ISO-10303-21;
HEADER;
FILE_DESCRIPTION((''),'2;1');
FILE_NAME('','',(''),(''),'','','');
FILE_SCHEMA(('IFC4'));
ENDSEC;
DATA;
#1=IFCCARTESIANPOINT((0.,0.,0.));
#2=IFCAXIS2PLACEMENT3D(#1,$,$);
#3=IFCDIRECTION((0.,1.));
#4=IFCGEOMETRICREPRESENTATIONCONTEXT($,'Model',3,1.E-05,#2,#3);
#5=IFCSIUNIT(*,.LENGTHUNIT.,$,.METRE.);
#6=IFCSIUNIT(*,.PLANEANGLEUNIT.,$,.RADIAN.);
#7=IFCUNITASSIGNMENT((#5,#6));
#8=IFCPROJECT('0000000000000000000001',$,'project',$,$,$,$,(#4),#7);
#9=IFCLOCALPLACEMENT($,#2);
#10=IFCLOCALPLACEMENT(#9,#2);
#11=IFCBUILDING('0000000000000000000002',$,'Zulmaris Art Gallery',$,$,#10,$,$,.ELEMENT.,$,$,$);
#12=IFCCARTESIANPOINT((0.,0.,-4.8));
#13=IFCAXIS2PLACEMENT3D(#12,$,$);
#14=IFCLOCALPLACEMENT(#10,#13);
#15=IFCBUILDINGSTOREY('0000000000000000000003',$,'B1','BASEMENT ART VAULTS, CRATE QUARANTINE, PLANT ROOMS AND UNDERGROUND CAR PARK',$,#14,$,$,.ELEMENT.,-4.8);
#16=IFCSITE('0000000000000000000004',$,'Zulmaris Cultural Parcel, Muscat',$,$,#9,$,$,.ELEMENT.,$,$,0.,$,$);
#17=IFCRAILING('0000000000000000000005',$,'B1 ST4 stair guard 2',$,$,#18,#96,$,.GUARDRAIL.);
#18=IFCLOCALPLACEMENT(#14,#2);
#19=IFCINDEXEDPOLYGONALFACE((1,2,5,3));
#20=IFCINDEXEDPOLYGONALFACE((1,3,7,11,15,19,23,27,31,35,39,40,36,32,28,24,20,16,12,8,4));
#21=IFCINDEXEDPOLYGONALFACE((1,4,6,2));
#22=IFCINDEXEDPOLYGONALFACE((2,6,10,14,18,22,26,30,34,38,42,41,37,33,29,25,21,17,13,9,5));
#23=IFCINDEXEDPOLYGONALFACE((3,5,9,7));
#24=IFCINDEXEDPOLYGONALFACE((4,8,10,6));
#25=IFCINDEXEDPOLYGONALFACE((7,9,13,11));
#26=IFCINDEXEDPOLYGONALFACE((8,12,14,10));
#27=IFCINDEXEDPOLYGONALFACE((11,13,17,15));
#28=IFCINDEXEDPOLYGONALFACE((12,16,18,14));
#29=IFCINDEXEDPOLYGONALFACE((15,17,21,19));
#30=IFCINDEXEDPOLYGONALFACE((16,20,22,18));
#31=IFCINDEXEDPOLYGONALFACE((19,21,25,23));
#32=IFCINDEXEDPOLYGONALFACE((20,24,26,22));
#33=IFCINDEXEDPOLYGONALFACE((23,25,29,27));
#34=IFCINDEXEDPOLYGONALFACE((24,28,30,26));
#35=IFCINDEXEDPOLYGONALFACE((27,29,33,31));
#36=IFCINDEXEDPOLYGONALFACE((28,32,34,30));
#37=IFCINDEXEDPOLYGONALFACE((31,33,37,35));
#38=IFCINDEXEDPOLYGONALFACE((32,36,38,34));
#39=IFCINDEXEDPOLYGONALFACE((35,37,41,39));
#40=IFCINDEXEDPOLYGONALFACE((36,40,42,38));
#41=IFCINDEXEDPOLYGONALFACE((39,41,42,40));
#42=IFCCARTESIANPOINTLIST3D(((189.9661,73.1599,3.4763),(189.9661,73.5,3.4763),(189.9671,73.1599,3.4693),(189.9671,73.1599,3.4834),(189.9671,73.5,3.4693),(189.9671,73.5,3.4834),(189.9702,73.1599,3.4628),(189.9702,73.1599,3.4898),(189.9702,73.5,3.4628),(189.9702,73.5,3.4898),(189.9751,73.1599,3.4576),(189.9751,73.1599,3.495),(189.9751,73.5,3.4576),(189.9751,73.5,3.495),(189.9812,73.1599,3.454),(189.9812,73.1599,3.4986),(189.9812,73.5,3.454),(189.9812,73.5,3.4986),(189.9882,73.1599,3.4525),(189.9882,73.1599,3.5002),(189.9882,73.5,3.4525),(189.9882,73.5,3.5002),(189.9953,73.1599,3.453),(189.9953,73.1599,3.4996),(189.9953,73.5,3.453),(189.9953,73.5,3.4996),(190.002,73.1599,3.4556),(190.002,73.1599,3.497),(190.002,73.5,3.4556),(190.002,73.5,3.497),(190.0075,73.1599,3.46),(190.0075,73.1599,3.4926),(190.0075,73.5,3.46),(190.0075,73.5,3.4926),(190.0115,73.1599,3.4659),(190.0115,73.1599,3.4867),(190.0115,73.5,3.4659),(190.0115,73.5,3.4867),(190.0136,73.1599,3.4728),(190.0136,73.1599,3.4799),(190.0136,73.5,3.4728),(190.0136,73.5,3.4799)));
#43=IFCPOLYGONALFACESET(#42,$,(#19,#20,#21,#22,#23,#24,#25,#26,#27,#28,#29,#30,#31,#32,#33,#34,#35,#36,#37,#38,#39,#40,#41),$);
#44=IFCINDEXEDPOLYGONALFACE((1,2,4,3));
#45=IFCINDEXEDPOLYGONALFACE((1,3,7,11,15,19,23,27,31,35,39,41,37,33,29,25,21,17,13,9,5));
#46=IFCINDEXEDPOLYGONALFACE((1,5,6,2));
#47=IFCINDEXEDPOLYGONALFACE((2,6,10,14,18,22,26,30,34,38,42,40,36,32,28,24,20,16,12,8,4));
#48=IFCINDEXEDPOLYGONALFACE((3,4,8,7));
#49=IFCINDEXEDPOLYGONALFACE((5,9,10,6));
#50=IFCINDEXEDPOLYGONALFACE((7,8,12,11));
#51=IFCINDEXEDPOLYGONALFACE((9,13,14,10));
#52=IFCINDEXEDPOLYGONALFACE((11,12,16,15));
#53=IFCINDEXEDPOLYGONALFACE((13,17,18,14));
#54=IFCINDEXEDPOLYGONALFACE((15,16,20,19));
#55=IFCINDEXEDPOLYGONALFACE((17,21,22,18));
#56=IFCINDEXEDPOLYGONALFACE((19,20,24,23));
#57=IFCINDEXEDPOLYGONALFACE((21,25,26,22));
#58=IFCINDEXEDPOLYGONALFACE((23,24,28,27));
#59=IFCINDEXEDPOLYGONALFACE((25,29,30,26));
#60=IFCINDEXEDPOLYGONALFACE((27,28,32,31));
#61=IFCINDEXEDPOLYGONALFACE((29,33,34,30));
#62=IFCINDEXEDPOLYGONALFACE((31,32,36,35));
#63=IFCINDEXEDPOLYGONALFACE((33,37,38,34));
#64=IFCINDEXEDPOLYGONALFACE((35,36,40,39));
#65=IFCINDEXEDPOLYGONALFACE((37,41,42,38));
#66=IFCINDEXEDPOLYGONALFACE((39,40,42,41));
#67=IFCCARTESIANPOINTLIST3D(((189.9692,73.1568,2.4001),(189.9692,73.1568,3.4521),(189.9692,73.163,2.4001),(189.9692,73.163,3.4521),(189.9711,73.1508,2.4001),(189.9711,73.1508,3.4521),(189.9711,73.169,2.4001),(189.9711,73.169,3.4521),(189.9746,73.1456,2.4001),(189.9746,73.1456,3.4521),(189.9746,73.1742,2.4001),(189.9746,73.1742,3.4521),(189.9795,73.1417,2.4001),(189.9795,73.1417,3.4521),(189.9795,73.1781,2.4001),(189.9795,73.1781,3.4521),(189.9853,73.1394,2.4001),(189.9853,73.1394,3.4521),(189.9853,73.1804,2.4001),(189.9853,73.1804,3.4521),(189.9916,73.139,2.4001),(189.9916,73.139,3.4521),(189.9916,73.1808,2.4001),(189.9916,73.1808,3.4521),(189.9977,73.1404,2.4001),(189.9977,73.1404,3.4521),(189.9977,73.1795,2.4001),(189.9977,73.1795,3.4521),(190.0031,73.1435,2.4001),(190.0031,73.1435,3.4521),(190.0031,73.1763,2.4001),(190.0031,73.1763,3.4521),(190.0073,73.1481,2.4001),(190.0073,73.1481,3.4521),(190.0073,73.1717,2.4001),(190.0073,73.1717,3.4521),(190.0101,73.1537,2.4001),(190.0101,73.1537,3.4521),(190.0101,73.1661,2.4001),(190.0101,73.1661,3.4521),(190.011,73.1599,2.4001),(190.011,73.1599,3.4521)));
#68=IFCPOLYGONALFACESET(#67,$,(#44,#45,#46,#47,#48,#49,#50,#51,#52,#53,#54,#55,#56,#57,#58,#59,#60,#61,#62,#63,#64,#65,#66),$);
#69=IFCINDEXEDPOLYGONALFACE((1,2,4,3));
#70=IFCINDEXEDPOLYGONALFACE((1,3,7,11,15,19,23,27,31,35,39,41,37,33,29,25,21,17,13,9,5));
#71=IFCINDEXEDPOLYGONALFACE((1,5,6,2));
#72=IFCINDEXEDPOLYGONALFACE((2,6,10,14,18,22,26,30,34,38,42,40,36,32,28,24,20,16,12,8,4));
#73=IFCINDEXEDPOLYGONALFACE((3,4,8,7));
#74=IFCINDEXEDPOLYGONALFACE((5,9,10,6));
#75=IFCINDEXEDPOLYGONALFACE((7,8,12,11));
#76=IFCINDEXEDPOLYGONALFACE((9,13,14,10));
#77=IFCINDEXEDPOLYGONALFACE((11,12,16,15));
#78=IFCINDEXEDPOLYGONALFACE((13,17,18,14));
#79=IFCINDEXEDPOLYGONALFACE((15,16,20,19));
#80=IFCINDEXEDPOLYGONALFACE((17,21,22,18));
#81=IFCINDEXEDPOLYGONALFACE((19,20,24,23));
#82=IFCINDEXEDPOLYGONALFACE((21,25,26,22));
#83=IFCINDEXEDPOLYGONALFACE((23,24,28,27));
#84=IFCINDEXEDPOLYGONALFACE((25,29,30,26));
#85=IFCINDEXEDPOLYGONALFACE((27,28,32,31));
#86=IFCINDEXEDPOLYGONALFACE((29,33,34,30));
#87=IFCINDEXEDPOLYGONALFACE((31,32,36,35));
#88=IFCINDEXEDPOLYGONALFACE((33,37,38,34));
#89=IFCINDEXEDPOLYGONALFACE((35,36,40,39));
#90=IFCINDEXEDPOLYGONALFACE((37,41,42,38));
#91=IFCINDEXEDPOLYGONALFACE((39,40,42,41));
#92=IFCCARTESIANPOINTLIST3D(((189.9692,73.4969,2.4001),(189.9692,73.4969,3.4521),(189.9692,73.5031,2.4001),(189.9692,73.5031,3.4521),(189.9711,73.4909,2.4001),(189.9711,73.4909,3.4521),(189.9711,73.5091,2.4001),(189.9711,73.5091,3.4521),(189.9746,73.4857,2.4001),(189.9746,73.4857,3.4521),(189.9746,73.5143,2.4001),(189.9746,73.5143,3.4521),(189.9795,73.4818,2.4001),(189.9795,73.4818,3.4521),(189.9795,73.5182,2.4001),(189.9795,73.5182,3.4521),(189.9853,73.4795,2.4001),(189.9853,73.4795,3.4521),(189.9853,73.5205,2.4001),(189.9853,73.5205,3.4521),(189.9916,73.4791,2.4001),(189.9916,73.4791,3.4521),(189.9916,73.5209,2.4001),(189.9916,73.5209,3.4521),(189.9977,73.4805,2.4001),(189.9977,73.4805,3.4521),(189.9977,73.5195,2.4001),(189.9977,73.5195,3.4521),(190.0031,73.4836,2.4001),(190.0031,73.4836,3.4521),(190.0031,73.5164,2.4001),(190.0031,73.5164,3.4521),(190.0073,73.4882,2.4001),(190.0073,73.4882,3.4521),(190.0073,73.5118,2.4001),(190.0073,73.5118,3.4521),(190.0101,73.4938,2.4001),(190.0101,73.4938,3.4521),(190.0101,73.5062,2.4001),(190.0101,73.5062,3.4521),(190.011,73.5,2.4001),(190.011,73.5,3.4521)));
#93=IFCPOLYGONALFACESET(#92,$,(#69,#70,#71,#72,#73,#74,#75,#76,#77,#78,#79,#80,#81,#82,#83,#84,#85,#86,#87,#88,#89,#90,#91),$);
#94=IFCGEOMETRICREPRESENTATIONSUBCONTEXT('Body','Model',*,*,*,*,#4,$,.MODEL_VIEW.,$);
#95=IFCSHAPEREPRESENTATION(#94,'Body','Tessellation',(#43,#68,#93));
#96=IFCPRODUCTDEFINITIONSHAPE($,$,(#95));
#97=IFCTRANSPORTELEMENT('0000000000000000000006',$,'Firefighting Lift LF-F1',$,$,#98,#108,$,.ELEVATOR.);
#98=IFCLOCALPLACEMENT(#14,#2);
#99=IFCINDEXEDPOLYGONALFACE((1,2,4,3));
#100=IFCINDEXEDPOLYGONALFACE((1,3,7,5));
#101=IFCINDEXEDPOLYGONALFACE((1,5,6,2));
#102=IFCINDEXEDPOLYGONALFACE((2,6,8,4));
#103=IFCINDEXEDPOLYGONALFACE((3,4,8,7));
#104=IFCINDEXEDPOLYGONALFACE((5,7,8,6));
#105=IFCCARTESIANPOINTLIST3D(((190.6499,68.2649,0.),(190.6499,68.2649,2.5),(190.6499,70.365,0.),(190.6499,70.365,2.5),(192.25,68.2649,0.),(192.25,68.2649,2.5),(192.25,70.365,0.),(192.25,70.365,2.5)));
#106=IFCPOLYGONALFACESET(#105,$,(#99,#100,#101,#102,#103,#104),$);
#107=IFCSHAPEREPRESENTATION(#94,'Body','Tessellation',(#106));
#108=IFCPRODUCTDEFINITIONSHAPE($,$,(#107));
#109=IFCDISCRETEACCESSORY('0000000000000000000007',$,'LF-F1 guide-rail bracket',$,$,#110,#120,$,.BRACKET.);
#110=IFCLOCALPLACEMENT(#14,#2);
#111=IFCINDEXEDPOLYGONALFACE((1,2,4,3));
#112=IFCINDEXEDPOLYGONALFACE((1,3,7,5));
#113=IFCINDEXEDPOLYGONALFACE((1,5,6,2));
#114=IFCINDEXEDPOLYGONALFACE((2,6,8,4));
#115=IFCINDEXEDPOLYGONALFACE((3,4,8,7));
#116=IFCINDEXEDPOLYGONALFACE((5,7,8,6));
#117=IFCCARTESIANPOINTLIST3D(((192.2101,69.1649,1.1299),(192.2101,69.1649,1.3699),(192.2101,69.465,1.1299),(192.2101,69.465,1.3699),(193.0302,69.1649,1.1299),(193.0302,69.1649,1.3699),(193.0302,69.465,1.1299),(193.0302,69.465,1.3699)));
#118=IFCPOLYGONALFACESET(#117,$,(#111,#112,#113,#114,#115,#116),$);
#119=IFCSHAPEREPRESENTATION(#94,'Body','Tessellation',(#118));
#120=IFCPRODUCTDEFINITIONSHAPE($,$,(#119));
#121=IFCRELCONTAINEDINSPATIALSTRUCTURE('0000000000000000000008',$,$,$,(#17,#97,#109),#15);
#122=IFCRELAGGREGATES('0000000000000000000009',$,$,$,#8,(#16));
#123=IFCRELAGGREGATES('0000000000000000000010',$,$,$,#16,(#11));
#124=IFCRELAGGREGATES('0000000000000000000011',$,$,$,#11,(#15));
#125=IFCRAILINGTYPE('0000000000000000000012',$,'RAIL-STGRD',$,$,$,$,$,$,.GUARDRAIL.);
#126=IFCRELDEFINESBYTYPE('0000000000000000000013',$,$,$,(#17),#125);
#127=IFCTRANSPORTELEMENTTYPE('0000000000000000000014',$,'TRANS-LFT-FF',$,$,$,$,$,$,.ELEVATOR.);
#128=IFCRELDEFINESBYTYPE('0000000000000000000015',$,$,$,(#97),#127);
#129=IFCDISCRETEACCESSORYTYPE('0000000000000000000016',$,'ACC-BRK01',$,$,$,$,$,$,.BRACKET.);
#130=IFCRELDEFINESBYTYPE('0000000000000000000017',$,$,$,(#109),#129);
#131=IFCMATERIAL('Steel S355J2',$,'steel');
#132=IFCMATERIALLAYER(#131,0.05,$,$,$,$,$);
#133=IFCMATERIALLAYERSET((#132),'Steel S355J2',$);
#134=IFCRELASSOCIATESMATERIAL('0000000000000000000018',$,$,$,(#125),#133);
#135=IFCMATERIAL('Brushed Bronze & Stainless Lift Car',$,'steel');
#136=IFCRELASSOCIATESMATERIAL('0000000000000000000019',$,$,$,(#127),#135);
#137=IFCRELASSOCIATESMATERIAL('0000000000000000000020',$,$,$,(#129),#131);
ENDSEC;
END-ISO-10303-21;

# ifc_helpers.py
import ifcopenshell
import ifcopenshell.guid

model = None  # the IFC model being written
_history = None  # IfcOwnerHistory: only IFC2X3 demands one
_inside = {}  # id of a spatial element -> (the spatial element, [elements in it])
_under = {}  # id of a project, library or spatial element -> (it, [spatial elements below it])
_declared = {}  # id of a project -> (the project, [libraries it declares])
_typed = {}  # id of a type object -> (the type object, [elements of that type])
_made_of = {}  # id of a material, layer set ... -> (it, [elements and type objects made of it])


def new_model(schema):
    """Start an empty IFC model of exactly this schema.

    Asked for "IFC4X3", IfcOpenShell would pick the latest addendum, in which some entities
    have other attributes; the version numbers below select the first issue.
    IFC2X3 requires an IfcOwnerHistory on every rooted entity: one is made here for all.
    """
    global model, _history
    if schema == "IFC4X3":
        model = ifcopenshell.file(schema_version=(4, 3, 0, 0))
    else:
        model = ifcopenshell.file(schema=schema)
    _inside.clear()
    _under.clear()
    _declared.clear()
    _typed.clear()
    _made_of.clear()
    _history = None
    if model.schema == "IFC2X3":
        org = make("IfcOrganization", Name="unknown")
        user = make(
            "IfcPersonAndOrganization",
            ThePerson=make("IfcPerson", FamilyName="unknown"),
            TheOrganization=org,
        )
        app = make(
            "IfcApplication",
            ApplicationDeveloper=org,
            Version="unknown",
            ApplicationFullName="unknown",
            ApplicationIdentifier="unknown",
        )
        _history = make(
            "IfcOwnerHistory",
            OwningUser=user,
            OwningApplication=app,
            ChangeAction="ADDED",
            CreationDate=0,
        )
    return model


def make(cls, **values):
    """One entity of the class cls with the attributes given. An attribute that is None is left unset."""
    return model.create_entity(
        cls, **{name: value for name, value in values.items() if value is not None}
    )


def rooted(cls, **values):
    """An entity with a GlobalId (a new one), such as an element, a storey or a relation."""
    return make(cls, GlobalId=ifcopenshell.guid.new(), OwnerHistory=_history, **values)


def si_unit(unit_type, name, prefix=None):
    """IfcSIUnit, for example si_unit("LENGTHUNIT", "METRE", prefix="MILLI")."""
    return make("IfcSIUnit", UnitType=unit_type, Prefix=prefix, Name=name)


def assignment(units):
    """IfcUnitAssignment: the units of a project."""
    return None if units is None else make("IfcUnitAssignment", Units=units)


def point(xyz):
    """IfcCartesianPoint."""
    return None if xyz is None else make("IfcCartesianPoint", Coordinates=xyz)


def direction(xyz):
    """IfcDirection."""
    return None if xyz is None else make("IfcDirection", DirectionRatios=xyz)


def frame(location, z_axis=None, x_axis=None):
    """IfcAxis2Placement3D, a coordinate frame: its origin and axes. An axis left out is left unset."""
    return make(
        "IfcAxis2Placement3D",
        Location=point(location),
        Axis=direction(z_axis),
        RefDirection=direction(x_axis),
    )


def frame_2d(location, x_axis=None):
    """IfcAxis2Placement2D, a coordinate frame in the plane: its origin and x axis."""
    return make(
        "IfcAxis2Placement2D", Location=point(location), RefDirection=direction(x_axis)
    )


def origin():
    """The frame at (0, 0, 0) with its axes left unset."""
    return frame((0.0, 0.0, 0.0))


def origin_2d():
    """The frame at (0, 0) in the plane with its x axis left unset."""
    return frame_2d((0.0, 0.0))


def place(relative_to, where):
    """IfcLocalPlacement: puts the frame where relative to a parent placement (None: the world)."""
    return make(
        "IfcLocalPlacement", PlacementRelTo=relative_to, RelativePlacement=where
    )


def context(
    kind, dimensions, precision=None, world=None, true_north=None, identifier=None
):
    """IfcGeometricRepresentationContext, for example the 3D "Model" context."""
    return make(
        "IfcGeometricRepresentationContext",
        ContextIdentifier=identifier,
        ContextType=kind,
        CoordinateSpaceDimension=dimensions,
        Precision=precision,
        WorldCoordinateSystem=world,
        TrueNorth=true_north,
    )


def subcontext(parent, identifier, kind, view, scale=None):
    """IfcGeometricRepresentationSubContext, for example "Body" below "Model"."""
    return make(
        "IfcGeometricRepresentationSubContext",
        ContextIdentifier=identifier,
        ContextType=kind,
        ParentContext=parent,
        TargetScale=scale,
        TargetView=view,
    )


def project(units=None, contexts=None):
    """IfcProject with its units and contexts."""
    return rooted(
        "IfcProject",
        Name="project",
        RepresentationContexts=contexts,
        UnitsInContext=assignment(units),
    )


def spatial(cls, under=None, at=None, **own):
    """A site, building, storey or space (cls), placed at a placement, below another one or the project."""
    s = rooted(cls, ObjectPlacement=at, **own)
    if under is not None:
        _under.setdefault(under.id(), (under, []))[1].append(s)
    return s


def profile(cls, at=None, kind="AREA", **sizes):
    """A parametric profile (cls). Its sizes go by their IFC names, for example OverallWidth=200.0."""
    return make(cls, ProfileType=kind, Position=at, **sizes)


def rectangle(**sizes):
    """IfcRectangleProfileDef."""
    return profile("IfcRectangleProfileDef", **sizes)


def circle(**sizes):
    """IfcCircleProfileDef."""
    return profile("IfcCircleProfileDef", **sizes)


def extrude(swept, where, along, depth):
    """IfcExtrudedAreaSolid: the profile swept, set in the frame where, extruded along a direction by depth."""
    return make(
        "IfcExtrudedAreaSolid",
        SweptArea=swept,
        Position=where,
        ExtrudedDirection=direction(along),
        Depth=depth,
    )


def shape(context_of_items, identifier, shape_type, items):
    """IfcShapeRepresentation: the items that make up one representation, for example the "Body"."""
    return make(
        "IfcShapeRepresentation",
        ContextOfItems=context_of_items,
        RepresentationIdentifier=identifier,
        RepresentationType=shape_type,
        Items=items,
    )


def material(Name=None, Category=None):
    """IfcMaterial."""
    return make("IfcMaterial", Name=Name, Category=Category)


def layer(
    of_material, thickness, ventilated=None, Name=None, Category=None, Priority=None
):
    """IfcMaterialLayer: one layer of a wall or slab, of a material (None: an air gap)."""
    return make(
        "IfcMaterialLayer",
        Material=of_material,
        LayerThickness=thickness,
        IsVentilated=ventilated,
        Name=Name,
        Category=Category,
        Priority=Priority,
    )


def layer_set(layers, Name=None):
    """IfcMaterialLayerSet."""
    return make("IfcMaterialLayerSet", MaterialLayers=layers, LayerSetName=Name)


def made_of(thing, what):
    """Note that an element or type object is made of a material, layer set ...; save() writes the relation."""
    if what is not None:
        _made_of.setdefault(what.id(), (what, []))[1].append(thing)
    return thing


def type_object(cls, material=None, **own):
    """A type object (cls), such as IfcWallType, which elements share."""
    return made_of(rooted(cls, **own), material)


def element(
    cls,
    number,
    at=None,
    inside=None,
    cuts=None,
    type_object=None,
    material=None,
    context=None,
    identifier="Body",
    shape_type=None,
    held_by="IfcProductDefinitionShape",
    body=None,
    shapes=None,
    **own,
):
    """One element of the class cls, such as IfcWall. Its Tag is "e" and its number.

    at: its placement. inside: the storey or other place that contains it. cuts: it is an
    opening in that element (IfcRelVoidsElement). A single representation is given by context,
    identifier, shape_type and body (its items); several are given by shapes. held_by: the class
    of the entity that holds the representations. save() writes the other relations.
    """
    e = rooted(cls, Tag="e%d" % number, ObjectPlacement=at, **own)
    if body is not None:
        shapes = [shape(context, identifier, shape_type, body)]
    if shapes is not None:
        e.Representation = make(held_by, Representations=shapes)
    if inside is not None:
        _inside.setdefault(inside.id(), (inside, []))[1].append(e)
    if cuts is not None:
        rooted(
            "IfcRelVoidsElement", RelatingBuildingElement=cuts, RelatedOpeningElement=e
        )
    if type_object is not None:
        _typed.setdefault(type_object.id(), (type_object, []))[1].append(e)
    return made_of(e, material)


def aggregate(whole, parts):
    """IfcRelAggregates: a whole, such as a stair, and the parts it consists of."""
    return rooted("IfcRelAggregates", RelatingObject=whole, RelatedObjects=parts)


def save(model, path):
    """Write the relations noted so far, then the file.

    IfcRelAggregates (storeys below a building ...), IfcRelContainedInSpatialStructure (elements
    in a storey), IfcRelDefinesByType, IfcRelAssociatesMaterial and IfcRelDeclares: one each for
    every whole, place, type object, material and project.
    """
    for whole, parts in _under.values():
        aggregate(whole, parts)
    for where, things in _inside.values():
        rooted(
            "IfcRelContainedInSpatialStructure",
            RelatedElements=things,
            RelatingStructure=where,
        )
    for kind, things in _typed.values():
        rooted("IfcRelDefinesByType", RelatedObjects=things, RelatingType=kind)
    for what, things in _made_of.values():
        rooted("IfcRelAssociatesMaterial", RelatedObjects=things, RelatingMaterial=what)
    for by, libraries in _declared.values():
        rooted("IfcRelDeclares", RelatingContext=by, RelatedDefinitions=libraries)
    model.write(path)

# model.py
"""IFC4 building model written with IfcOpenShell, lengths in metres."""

from ifc_helpers import new_model, si_unit, direction, frame, origin, origin_2d, place, context, subcontext, project, spatial, rectangle, circle, extrude, material, layer, layer_set, type_object, element, save


model = new_model("IFC4")

# Units and contexts
model_context = context("Model", 3, precision=1e-05, world=origin(), true_north=direction((0.0, 1.0)))
body_context = subcontext(model_context, "Body", "Model", "MODEL_VIEW")
ifc_project = project(units=[si_unit("LENGTHUNIT", "METRE"), si_unit("PLANEANGLEUNIT", "RADIAN")], contexts=[model_context])

# Site, building, storey
site_placement = place(None, origin())
site = spatial("IfcSite", under=ifc_project, at=site_placement, Name="Zulmaris Cultural Parcel, Muscat", CompositionType="ELEMENT", RefElevation=0.0)
building_placement = place(site_placement, origin())
building = spatial("IfcBuilding", under=site, at=building_placement, Name="Zulmaris Art Gallery", CompositionType="ELEMENT")
storey_placement = place(building_placement, frame((0.0, 0.0, -4.8)))
storey = spatial("IfcBuildingStorey", under=building, at=storey_placement, Name="B1", Description="BASEMENT ART VAULTS, CRATE QUARANTINE, PLANT ROOMS AND UNDERGROUND CAR PARK", CompositionType="ELEMENT", Elevation=-4.8)

# Railing
ifc_material_1 = material(Name="Steel S355J2", Category="steel")
ifc_layer_1 = layer(ifc_material_1, 0.05)
ifc_layer_set_1 = layer_set([ifc_layer_1], Name="Steel S355J2")
railing_type = type_object("IfcRailingType", Name="RAIL-STGRD", PredefinedType="GUARDRAIL", material=ifc_layer_set_1)
railing_placement = place(storey_placement, frame((189.99, 73.1599, 2.4001)))
element("IfcRailing", 1, at=railing_placement, inside=storey, type_object=railing_type, Name="B1 ST4 stair guard 2", PredefinedType="GUARDRAIL", context=body_context, shape_type="SweptSolid", body=[
    extrude(circle(Radius=0.0239, at=origin_2d()), frame((0.0, 0.0, 1.0762), z_axis=(0.0, 1.0, 0.0), x_axis=(-1.0, 0.0, 0.0)), (0.0, 0.0, 1.0), 0.3401),
    extrude(circle(Radius=0.021, at=origin_2d()), origin(), (0.0, 0.0, 1.0), 1.052),
    extrude(circle(Radius=0.021, at=origin_2d()), frame((0.0, 0.3401, 0.0)), (0.0, 0.0, 1.0), 1.052),
])

# Transport element
ifc_material_2 = material(Name="Brushed Bronze & Stainless Lift Car", Category="steel")
transport_element_type = type_object("IfcTransportElementType", Name="TRANS-LFT-FF", PredefinedType="ELEVATOR", material=ifc_material_2)
transport_element_placement = place(storey_placement, frame((191.45, 69.3149, 0.0), z_axis=(0.0, 0.0, 1.0), x_axis=(1.0, 0.0, 0.0)))
element("IfcTransportElement", 2, at=transport_element_placement, inside=storey, type_object=transport_element_type, Name="Firefighting Lift LF-F1", PredefinedType="ELEVATOR", context=body_context, shape_type="SweptSolid", body=[
    extrude(rectangle(XDim=1.6001, YDim=2.1001, at=origin_2d()), origin(), (0.0, 0.0, 1.0), 2.5),
])

# Discrete accessory
discrete_accessory_type = type_object("IfcDiscreteAccessoryType", Name="ACC-BRK01", PredefinedType="BRACKET", material=ifc_material_1)
discrete_accessory_placement = place(storey_placement, frame((192.6201, 69.3149, 1.1299), z_axis=(0.0, 0.0, 1.0), x_axis=(1.0, 0.0, 0.0)))
element("IfcDiscreteAccessory", 3, at=discrete_accessory_placement, inside=storey, type_object=discrete_accessory_type, Name="LF-F1 guide-rail bracket", PredefinedType="BRACKET", context=body_context, shape_type="SweptSolid", body=[
    extrude(rectangle(XDim=0.8201, YDim=0.3, at=origin_2d()), origin(), (0.0, 0.0, 1.0), 0.24),
])

save(model, "model.ifc")
